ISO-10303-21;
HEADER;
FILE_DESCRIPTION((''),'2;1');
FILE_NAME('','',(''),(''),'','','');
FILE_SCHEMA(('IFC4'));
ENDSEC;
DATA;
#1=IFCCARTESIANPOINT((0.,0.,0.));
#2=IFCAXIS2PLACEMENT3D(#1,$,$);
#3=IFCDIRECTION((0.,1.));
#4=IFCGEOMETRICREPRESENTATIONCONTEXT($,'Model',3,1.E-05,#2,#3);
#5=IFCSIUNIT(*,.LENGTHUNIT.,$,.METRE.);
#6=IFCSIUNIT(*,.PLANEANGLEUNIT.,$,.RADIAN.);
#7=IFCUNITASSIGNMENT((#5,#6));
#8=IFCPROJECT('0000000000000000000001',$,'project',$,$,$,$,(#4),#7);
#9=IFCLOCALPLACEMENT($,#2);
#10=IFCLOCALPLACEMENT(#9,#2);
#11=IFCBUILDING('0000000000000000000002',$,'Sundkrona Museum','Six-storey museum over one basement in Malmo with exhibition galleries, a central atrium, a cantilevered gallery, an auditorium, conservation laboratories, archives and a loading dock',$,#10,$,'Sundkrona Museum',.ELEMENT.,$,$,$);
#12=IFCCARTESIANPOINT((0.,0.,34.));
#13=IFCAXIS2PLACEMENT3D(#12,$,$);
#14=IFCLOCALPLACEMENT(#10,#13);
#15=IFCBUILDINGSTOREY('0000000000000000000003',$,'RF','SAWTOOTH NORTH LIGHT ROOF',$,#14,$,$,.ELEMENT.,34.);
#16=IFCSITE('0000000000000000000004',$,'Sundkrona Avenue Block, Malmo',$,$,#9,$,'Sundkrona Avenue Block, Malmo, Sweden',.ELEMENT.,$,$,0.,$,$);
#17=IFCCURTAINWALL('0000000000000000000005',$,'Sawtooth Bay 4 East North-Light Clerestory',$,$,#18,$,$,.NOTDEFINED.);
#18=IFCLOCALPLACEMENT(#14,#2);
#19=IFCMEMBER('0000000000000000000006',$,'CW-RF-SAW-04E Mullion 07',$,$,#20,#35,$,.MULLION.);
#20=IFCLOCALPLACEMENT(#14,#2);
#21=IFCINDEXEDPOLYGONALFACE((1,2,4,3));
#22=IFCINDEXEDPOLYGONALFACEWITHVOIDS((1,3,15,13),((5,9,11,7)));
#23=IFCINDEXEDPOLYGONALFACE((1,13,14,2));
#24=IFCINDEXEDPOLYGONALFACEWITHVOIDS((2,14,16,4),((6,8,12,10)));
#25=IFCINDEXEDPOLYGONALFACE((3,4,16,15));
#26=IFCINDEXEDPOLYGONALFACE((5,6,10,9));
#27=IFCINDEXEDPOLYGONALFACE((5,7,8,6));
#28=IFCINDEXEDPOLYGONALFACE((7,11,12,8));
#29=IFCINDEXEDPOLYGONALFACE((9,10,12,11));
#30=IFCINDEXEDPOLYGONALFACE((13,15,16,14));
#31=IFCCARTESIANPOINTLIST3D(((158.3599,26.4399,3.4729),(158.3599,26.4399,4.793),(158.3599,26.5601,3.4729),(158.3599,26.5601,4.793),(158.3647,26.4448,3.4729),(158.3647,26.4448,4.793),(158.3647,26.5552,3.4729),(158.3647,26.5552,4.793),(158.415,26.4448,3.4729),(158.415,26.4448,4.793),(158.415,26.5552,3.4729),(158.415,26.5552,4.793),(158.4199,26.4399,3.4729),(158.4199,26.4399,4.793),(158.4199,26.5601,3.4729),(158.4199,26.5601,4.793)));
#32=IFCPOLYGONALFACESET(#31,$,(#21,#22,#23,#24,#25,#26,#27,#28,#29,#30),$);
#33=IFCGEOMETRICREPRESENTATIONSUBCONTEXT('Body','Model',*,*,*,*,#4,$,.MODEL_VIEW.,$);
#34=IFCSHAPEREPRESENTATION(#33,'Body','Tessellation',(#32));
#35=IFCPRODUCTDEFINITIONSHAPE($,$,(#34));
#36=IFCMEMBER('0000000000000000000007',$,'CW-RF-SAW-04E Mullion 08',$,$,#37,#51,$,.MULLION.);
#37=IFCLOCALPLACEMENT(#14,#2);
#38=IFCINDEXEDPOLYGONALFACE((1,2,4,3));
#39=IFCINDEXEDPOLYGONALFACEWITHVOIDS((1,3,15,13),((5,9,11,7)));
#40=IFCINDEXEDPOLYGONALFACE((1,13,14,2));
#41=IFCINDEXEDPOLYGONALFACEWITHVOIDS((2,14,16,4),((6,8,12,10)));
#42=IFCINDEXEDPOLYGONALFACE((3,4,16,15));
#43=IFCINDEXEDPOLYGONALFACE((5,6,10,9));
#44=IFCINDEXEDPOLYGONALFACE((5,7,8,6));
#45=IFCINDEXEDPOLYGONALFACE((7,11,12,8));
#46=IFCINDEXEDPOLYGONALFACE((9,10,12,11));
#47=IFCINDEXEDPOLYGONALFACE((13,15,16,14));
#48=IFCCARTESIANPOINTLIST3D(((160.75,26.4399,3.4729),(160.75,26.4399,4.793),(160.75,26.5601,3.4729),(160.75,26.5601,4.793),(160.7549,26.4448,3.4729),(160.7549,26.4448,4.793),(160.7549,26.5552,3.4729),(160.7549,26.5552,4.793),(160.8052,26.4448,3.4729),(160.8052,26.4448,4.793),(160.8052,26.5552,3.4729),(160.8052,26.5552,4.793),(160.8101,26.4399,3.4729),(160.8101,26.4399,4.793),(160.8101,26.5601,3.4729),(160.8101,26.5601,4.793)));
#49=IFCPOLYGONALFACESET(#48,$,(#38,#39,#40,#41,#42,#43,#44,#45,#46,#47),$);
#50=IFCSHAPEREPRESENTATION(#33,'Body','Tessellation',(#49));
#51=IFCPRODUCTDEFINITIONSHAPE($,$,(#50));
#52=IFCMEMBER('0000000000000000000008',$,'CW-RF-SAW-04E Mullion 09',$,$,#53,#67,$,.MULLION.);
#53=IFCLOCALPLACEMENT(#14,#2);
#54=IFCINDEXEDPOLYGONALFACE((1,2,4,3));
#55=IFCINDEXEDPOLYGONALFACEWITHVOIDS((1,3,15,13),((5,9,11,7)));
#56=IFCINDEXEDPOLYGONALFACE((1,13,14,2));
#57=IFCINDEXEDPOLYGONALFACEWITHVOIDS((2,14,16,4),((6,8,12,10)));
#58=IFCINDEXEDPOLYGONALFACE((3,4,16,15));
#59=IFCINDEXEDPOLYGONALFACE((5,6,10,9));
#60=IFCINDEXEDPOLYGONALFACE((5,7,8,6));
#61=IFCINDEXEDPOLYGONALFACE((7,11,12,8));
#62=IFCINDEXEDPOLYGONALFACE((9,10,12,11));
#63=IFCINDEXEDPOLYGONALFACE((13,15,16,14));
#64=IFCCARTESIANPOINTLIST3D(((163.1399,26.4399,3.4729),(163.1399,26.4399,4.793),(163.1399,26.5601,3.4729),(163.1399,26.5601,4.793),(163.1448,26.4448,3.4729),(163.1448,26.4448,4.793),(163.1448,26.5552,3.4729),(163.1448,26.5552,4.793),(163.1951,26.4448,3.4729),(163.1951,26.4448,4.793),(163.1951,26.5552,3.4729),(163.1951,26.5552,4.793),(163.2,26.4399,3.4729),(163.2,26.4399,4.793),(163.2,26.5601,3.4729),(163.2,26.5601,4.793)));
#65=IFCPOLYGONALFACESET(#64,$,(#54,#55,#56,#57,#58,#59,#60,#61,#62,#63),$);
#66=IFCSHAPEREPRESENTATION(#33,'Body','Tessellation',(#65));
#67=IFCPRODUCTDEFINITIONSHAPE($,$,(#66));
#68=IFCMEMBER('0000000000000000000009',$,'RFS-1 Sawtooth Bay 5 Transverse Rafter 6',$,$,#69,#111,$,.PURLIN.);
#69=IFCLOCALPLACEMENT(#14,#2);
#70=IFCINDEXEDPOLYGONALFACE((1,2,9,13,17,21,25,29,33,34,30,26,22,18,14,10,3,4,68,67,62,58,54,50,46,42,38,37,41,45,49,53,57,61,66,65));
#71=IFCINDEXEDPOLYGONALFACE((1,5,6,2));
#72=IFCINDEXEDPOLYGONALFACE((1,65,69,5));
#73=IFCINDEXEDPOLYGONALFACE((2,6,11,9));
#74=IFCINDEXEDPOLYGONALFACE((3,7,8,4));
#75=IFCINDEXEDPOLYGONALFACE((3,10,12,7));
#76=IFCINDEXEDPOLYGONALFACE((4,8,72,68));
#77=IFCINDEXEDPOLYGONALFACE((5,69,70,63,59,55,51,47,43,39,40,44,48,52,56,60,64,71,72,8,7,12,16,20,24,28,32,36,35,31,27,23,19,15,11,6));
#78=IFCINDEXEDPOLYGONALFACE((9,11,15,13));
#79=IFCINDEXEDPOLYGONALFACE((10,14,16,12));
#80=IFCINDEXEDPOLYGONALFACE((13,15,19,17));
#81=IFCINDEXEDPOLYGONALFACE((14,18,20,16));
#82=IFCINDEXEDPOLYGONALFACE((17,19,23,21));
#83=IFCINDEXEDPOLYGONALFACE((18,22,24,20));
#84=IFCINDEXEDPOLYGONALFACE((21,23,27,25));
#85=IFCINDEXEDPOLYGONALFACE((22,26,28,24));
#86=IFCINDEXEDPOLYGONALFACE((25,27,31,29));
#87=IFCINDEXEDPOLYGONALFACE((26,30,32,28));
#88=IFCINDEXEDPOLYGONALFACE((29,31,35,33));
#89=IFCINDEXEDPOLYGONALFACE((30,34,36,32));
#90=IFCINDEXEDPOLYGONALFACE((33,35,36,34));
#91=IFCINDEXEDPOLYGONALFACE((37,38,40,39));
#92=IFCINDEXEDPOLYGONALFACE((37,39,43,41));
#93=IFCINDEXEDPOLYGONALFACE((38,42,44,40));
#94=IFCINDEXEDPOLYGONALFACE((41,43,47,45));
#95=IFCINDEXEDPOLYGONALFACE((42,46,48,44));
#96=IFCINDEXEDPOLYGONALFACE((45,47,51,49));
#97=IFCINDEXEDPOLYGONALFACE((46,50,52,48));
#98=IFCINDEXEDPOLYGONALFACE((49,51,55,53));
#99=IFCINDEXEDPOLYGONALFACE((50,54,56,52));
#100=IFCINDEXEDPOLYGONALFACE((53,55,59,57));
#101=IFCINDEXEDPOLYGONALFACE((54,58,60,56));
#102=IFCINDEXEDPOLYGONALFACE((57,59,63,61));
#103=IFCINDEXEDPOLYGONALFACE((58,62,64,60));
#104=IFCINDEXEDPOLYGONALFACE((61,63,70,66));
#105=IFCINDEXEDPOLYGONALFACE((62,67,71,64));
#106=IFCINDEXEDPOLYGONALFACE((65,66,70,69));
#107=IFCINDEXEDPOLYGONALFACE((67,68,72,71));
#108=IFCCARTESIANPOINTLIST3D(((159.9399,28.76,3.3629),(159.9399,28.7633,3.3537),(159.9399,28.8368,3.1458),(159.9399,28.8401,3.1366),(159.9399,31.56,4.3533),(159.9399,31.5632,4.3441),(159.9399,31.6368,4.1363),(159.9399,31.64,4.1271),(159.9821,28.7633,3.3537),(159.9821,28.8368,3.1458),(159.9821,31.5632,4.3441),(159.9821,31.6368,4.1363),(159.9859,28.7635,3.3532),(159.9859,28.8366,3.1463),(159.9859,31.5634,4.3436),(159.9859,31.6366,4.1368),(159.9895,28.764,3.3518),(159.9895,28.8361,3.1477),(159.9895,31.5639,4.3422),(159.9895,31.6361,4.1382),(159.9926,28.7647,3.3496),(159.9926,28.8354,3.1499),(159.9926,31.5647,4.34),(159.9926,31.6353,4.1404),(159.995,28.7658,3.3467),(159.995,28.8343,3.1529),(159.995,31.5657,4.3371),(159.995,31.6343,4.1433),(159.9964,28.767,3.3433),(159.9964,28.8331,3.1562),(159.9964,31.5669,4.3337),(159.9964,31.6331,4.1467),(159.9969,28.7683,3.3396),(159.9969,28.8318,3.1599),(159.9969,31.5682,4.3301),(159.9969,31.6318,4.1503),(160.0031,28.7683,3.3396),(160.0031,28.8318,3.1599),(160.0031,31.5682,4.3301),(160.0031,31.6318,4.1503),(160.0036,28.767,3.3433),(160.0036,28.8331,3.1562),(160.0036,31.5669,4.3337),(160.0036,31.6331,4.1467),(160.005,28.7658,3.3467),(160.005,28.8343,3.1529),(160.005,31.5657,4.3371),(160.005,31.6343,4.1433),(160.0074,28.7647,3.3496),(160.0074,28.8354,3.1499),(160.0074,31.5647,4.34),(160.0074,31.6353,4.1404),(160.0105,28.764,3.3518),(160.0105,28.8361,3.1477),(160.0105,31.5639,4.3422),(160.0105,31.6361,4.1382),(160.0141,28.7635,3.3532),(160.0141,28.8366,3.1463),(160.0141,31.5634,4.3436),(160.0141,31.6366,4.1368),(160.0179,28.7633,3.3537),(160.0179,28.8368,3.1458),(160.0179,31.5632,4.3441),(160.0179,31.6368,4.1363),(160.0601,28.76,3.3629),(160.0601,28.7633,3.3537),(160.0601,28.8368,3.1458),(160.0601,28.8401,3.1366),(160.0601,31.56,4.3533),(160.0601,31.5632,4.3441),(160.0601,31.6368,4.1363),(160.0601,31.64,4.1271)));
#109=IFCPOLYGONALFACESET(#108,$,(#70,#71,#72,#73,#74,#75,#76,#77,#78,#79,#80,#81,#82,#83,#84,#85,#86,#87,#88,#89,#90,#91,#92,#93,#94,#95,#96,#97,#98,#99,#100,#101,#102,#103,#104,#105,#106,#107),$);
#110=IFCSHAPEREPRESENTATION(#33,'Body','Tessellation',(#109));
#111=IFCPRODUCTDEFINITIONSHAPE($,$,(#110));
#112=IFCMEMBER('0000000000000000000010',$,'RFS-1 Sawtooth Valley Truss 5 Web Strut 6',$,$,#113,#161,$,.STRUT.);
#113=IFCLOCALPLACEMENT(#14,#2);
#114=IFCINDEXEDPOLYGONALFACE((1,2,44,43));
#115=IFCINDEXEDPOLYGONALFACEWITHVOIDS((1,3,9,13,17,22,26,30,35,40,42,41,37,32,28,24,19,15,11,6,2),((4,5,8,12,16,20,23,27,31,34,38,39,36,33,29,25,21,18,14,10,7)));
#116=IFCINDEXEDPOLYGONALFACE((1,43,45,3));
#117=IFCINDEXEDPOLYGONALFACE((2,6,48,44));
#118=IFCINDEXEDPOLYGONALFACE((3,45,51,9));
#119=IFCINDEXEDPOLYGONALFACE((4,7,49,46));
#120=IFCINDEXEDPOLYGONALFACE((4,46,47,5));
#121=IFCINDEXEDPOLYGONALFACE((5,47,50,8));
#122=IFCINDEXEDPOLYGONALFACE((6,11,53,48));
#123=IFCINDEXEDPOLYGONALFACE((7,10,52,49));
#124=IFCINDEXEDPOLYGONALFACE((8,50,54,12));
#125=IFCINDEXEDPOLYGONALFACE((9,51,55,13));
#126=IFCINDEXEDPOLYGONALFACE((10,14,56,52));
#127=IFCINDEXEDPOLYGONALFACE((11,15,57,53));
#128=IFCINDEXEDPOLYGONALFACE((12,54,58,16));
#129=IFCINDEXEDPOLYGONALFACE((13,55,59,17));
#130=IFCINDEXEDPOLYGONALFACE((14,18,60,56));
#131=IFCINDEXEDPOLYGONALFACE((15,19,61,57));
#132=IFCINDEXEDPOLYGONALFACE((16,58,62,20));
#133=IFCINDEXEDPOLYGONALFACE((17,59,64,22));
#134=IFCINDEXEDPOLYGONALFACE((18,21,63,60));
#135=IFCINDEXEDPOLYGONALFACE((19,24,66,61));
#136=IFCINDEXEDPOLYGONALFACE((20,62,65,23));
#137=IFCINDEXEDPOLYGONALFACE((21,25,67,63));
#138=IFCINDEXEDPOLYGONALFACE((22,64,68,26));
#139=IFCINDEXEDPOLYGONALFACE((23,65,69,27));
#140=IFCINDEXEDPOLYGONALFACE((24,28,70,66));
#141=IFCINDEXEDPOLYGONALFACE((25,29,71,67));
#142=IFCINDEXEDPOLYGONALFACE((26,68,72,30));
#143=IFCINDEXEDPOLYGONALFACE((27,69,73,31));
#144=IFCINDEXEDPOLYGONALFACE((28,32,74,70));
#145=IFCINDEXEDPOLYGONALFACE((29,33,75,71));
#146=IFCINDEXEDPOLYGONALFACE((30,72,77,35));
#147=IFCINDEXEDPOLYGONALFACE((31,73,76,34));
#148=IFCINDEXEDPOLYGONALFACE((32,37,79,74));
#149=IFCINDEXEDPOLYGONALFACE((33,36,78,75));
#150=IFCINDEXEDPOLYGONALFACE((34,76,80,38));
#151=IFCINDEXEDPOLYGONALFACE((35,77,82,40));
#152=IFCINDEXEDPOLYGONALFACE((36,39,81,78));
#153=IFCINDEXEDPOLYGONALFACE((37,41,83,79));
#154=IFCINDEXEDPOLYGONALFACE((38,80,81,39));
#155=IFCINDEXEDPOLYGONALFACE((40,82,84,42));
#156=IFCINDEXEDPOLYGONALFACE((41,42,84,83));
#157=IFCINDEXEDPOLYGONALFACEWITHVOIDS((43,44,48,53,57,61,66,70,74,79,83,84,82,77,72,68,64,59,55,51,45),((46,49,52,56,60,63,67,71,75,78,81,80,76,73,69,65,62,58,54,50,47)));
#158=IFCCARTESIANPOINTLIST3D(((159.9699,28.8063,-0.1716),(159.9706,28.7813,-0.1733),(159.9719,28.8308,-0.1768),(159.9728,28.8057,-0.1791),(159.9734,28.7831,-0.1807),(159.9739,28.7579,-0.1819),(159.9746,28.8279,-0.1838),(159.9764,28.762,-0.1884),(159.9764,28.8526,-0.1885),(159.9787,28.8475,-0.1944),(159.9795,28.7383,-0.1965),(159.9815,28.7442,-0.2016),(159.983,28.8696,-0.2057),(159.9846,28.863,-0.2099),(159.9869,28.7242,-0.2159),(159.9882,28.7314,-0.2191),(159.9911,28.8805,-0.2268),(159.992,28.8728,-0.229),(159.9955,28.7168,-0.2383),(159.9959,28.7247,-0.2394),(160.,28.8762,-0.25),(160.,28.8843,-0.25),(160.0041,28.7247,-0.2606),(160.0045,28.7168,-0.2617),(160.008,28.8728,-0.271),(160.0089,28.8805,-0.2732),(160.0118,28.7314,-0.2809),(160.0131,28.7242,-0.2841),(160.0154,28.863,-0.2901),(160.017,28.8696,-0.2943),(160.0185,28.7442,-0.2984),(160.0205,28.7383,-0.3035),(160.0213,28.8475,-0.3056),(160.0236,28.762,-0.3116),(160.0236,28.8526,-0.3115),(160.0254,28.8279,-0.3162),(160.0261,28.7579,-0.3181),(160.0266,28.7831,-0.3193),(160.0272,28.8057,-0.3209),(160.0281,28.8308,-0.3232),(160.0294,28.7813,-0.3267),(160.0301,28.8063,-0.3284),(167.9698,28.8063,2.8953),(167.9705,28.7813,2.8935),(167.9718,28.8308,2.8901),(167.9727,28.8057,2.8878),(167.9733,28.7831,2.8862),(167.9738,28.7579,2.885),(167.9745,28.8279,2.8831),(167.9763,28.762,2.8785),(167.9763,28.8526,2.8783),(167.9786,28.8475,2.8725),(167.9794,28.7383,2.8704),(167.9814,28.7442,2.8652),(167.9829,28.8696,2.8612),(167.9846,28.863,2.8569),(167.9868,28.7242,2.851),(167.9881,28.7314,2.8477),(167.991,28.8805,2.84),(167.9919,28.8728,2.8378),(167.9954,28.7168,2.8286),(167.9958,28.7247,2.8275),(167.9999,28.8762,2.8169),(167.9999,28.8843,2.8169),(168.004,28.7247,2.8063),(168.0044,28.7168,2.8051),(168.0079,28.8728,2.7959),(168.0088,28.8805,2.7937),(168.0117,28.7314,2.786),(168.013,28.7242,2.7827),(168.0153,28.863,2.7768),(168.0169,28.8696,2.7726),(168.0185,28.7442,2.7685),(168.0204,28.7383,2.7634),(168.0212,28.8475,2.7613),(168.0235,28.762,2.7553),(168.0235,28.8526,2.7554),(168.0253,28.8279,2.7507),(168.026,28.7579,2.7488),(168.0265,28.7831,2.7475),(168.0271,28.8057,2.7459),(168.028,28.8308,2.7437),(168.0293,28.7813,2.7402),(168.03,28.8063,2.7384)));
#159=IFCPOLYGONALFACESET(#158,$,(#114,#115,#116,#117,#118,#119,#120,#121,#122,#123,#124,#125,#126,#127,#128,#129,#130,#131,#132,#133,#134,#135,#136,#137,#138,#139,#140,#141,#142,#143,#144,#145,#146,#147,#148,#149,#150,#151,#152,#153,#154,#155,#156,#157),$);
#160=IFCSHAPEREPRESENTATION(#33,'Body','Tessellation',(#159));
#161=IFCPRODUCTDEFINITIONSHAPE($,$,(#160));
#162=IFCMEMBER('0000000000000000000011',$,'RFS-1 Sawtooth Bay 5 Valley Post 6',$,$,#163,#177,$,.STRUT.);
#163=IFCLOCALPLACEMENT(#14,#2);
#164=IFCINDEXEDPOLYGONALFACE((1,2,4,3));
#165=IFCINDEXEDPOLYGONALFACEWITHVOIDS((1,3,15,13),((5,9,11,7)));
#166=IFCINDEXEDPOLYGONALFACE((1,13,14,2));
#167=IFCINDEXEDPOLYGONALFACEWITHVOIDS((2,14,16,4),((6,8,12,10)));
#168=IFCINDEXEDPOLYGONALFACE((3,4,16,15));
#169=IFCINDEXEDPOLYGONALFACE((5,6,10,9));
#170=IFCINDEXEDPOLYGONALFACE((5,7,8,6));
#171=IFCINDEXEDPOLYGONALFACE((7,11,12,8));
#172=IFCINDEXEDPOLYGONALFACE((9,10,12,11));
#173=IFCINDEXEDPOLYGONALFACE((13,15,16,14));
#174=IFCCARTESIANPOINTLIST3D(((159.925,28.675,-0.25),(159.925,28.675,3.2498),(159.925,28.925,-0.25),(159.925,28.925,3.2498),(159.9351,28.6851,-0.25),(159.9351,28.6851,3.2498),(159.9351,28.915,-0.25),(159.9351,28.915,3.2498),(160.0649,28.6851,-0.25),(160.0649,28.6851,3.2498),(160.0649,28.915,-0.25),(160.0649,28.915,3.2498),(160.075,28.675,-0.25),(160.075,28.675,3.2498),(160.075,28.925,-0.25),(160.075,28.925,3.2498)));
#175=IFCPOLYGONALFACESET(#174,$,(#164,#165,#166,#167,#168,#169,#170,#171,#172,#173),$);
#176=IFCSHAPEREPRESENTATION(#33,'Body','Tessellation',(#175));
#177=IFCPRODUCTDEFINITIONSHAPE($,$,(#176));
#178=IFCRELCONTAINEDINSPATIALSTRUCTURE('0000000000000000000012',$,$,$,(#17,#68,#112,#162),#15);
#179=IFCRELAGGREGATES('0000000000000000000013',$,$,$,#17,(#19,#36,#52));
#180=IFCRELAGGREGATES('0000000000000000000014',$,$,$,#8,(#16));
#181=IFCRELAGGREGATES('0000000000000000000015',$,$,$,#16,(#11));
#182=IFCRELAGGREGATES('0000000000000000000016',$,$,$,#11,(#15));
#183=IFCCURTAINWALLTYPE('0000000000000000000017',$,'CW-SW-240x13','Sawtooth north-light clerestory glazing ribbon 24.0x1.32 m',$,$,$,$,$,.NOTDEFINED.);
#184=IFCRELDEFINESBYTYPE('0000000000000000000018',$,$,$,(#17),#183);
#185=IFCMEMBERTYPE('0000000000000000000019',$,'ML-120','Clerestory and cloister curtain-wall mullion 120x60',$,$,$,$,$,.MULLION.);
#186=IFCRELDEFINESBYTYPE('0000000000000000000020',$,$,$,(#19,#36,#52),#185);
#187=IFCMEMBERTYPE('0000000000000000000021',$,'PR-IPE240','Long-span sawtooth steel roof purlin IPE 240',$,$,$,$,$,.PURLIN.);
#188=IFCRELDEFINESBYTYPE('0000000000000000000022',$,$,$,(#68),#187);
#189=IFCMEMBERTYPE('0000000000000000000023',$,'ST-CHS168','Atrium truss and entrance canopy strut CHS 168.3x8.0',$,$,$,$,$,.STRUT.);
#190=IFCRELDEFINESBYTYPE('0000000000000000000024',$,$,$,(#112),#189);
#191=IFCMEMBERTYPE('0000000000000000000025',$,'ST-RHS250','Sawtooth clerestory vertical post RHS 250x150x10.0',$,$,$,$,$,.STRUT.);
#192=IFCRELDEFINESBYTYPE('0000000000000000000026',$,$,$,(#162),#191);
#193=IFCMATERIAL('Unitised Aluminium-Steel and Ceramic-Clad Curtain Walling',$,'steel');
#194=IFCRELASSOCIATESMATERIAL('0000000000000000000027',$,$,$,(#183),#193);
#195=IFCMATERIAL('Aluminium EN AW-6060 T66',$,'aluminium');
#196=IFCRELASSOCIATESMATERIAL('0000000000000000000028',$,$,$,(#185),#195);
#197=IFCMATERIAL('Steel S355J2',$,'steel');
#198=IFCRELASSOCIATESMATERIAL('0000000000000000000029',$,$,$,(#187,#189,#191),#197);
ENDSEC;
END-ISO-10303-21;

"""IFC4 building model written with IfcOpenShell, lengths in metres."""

from ifc_helpers import new_model, si_unit, direction, frame, origin, origin_2d, place, context, subcontext, project, spatial, hollow_rectangle, hollow_circle, i_section, extrude, material, material_profile, profile_set, type_object, element, aggregate, save


model = new_model("IFC4")

# Units and contexts
model_context = context("Model", 3, precision=1e-05, world=origin(), true_north=direction((0.0, 1.0)))
body_context = subcontext(model_context, "Body", "Model", "MODEL_VIEW")
ifc_project = project(units=[si_unit("LENGTHUNIT", "METRE"), si_unit("PLANEANGLEUNIT", "RADIAN")], contexts=[model_context])

# Site, building, storey
site_placement = place(None, origin())
site = spatial("IfcSite", under=ifc_project, at=site_placement, Name="Sundkrona Avenue Block, Malmo", LongName="Sundkrona Avenue Block, Malmo, Sweden", CompositionType="ELEMENT", RefElevation=0.0)
building_placement = place(site_placement, origin())
building = spatial("IfcBuilding", under=site, at=building_placement, Name="Sundkrona Museum", Description="Six-storey museum over one basement in Malmo with exhibition galleries, a central atrium, a cantilevered gallery, an auditorium, conservation laboratories, archives and a loading dock", LongName="Sundkrona Museum", CompositionType="ELEMENT")
storey_placement = place(building_placement, frame((0.0, 0.0, 34.0)))
storey = spatial("IfcBuildingStorey", under=building, at=storey_placement, Name="RF", Description="SAWTOOTH NORTH LIGHT ROOF", CompositionType="ELEMENT", Elevation=34.0)

# Curtain wall, members
ifc_material_1 = material(Name="Unitised Aluminium-Steel and Ceramic-Clad Curtain Walling", Category="steel")
curtain_wall_type = type_object("IfcCurtainWallType", Name="CW-SW-240x13", Description="Sawtooth north-light clerestory glazing ribbon 24.0x1.32 m", PredefinedType="NOTDEFINED", material=ifc_material_1)
curtain_wall_placement = place(storey_placement, origin())
curtain_wall = element("IfcCurtainWall", 1, at=curtain_wall_placement, inside=storey, type_object=curtain_wall_type, Name="Sawtooth Bay 4 East North-Light Clerestory", PredefinedType="NOTDEFINED")
ifc_material_2 = material(Name="Aluminium EN AW-6060 T66", Category="aluminium")
ifc_material_profile_1 = material_profile(ifc_material_2, hollow_rectangle(XDim=0.0601, YDim=0.1201, WallThickness=0.0049, at=origin_2d()), Name="RHS 120x60x5.0")
ifc_profile_set_1 = profile_set([ifc_material_profile_1], Name="Aluminium EN AW-6060 T66")
member_type_1 = type_object("IfcMemberType", Name="ML-120", Description="Clerestory and cloister curtain-wall mullion 120x60", PredefinedType="MULLION", material=ifc_profile_set_1)
member_1_placement = place(storey_placement, frame((158.3899, 26.5, 3.4729), z_axis=(0.0, 0.0, 1.0), x_axis=(1.0, 0.0, 0.0)))
member_1 = element("IfcMember", 2, at=member_1_placement, type_object=member_type_1, Name="CW-RF-SAW-04E Mullion 07", PredefinedType="MULLION", context=body_context, shape_type="SweptSolid", body=[
    extrude(hollow_rectangle(XDim=0.0601, YDim=0.1201, WallThickness=0.0049, at=origin_2d()), origin(), (0.0, 0.0, 1.0), 1.3201),
])
member_2_placement = place(storey_placement, frame((160.78, 26.5, 3.4729), z_axis=(0.0, 0.0, 1.0), x_axis=(1.0, 0.0, 0.0)))
member_2 = element("IfcMember", 3, at=member_2_placement, type_object=member_type_1, Name="CW-RF-SAW-04E Mullion 08", PredefinedType="MULLION", context=body_context, shape_type="SweptSolid", body=[
    extrude(hollow_rectangle(XDim=0.0601, YDim=0.1201, WallThickness=0.0049, at=origin_2d()), origin(), (0.0, 0.0, 1.0), 1.3201),
])
member_3_placement = place(storey_placement, frame((163.1699, 26.5, 3.4729), z_axis=(0.0, 0.0, 1.0), x_axis=(1.0, 0.0, 0.0)))
member_3 = element("IfcMember", 4, at=member_3_placement, type_object=member_type_1, Name="CW-RF-SAW-04E Mullion 09", PredefinedType="MULLION", context=body_context, shape_type="SweptSolid", body=[
    extrude(hollow_rectangle(XDim=0.0601, YDim=0.1201, WallThickness=0.0049, at=origin_2d()), origin(), (0.0, 0.0, 1.0), 1.3201),
])

# Members
ifc_material_3 = material(Name="Steel S355J2", Category="steel")
ifc_material_profile_2 = material_profile(ifc_material_3, i_section(OverallWidth=0.1201, OverallDepth=0.24, WebThickness=0.0061, FlangeThickness=0.0098, FilletRadius=0.0149, at=origin_2d()), Name="IPE 240")
ifc_profile_set_2 = profile_set([ifc_material_profile_2], Name="Steel S355J2")
member_type_2 = type_object("IfcMemberType", Name="PR-IPE240", Description="Long-span sawtooth steel roof purlin IPE 240", PredefinedType="PURLIN", material=ifc_profile_set_2)
member_4_placement = place(storey_placement, frame((160.0, 28.8, 3.2498), z_axis=(0.0, 0.942755, 0.333486), x_axis=(-1.0, 0.0, 0.0)))
element("IfcMember", 5, at=member_4_placement, inside=storey, type_object=member_type_2, Name="RFS-1 Sawtooth Bay 5 Transverse Rafter 6", PredefinedType="PURLIN", context=body_context, shape_type="SweptSolid", body=[
    extrude(i_section(OverallWidth=0.1201, OverallDepth=0.24, WebThickness=0.0061, FlangeThickness=0.0098, FilletRadius=0.0149, at=origin_2d()), origin(), (0.0, 0.0, 1.0), 2.97),
])
ifc_material_profile_3 = material_profile(ifc_material_3, hollow_circle(Radius=0.0842, WallThickness=0.0081, at=origin_2d()), Name="CHS 168.3x8.0")
ifc_profile_set_3 = profile_set([ifc_material_profile_3], Name="Steel S355J2")
member_type_3 = type_object("IfcMemberType", Name="ST-CHS168", Description="Atrium truss and entrance canopy strut CHS 168.3x8.0", PredefinedType="STRUT", material=ifc_profile_set_3)
member_5_placement = place(storey_placement, frame((160.0, 28.8, -0.25), z_axis=(0.933737, 0.0, 0.357959), x_axis=(0.0, 1.0, 0.0)))
element("IfcMember", 6, at=member_5_placement, inside=storey, type_object=member_type_3, Name="RFS-1 Sawtooth Valley Truss 5 Web Strut 6", PredefinedType="STRUT", context=body_context, shape_type="SweptSolid", body=[
    extrude(hollow_circle(Radius=0.0842, WallThickness=0.0081, at=origin_2d()), origin(), (0.0, 0.0, 1.0), 8.5676),
])
ifc_material_profile_4 = material_profile(ifc_material_3, hollow_rectangle(XDim=0.1499, YDim=0.25, WallThickness=0.01, at=origin_2d()), Name="RHS 250x150x10.0")
ifc_profile_set_4 = profile_set([ifc_material_profile_4], Name="Steel S355J2")
member_type_4 = type_object("IfcMemberType", Name="ST-RHS250", Description="Sawtooth clerestory vertical post RHS 250x150x10.0", PredefinedType="STRUT", material=ifc_profile_set_4)
member_6_placement = place(storey_placement, frame((160.0, 28.8, -0.25), z_axis=(0.0, 0.0, 1.0), x_axis=(1.0, 0.0, 0.0)))
element("IfcMember", 7, at=member_6_placement, inside=storey, type_object=member_type_4, Name="RFS-1 Sawtooth Bay 5 Valley Post 6", PredefinedType="STRUT", context=body_context, shape_type="SweptSolid", body=[
    extrude(hollow_rectangle(XDim=0.1499, YDim=0.25, WallThickness=0.01, at=origin_2d()), origin(), (0.0, 0.0, 1.0), 3.4998),
])

aggregate(curtain_wall, [member_1, member_2, member_3])

save(model, "model.ifc")
